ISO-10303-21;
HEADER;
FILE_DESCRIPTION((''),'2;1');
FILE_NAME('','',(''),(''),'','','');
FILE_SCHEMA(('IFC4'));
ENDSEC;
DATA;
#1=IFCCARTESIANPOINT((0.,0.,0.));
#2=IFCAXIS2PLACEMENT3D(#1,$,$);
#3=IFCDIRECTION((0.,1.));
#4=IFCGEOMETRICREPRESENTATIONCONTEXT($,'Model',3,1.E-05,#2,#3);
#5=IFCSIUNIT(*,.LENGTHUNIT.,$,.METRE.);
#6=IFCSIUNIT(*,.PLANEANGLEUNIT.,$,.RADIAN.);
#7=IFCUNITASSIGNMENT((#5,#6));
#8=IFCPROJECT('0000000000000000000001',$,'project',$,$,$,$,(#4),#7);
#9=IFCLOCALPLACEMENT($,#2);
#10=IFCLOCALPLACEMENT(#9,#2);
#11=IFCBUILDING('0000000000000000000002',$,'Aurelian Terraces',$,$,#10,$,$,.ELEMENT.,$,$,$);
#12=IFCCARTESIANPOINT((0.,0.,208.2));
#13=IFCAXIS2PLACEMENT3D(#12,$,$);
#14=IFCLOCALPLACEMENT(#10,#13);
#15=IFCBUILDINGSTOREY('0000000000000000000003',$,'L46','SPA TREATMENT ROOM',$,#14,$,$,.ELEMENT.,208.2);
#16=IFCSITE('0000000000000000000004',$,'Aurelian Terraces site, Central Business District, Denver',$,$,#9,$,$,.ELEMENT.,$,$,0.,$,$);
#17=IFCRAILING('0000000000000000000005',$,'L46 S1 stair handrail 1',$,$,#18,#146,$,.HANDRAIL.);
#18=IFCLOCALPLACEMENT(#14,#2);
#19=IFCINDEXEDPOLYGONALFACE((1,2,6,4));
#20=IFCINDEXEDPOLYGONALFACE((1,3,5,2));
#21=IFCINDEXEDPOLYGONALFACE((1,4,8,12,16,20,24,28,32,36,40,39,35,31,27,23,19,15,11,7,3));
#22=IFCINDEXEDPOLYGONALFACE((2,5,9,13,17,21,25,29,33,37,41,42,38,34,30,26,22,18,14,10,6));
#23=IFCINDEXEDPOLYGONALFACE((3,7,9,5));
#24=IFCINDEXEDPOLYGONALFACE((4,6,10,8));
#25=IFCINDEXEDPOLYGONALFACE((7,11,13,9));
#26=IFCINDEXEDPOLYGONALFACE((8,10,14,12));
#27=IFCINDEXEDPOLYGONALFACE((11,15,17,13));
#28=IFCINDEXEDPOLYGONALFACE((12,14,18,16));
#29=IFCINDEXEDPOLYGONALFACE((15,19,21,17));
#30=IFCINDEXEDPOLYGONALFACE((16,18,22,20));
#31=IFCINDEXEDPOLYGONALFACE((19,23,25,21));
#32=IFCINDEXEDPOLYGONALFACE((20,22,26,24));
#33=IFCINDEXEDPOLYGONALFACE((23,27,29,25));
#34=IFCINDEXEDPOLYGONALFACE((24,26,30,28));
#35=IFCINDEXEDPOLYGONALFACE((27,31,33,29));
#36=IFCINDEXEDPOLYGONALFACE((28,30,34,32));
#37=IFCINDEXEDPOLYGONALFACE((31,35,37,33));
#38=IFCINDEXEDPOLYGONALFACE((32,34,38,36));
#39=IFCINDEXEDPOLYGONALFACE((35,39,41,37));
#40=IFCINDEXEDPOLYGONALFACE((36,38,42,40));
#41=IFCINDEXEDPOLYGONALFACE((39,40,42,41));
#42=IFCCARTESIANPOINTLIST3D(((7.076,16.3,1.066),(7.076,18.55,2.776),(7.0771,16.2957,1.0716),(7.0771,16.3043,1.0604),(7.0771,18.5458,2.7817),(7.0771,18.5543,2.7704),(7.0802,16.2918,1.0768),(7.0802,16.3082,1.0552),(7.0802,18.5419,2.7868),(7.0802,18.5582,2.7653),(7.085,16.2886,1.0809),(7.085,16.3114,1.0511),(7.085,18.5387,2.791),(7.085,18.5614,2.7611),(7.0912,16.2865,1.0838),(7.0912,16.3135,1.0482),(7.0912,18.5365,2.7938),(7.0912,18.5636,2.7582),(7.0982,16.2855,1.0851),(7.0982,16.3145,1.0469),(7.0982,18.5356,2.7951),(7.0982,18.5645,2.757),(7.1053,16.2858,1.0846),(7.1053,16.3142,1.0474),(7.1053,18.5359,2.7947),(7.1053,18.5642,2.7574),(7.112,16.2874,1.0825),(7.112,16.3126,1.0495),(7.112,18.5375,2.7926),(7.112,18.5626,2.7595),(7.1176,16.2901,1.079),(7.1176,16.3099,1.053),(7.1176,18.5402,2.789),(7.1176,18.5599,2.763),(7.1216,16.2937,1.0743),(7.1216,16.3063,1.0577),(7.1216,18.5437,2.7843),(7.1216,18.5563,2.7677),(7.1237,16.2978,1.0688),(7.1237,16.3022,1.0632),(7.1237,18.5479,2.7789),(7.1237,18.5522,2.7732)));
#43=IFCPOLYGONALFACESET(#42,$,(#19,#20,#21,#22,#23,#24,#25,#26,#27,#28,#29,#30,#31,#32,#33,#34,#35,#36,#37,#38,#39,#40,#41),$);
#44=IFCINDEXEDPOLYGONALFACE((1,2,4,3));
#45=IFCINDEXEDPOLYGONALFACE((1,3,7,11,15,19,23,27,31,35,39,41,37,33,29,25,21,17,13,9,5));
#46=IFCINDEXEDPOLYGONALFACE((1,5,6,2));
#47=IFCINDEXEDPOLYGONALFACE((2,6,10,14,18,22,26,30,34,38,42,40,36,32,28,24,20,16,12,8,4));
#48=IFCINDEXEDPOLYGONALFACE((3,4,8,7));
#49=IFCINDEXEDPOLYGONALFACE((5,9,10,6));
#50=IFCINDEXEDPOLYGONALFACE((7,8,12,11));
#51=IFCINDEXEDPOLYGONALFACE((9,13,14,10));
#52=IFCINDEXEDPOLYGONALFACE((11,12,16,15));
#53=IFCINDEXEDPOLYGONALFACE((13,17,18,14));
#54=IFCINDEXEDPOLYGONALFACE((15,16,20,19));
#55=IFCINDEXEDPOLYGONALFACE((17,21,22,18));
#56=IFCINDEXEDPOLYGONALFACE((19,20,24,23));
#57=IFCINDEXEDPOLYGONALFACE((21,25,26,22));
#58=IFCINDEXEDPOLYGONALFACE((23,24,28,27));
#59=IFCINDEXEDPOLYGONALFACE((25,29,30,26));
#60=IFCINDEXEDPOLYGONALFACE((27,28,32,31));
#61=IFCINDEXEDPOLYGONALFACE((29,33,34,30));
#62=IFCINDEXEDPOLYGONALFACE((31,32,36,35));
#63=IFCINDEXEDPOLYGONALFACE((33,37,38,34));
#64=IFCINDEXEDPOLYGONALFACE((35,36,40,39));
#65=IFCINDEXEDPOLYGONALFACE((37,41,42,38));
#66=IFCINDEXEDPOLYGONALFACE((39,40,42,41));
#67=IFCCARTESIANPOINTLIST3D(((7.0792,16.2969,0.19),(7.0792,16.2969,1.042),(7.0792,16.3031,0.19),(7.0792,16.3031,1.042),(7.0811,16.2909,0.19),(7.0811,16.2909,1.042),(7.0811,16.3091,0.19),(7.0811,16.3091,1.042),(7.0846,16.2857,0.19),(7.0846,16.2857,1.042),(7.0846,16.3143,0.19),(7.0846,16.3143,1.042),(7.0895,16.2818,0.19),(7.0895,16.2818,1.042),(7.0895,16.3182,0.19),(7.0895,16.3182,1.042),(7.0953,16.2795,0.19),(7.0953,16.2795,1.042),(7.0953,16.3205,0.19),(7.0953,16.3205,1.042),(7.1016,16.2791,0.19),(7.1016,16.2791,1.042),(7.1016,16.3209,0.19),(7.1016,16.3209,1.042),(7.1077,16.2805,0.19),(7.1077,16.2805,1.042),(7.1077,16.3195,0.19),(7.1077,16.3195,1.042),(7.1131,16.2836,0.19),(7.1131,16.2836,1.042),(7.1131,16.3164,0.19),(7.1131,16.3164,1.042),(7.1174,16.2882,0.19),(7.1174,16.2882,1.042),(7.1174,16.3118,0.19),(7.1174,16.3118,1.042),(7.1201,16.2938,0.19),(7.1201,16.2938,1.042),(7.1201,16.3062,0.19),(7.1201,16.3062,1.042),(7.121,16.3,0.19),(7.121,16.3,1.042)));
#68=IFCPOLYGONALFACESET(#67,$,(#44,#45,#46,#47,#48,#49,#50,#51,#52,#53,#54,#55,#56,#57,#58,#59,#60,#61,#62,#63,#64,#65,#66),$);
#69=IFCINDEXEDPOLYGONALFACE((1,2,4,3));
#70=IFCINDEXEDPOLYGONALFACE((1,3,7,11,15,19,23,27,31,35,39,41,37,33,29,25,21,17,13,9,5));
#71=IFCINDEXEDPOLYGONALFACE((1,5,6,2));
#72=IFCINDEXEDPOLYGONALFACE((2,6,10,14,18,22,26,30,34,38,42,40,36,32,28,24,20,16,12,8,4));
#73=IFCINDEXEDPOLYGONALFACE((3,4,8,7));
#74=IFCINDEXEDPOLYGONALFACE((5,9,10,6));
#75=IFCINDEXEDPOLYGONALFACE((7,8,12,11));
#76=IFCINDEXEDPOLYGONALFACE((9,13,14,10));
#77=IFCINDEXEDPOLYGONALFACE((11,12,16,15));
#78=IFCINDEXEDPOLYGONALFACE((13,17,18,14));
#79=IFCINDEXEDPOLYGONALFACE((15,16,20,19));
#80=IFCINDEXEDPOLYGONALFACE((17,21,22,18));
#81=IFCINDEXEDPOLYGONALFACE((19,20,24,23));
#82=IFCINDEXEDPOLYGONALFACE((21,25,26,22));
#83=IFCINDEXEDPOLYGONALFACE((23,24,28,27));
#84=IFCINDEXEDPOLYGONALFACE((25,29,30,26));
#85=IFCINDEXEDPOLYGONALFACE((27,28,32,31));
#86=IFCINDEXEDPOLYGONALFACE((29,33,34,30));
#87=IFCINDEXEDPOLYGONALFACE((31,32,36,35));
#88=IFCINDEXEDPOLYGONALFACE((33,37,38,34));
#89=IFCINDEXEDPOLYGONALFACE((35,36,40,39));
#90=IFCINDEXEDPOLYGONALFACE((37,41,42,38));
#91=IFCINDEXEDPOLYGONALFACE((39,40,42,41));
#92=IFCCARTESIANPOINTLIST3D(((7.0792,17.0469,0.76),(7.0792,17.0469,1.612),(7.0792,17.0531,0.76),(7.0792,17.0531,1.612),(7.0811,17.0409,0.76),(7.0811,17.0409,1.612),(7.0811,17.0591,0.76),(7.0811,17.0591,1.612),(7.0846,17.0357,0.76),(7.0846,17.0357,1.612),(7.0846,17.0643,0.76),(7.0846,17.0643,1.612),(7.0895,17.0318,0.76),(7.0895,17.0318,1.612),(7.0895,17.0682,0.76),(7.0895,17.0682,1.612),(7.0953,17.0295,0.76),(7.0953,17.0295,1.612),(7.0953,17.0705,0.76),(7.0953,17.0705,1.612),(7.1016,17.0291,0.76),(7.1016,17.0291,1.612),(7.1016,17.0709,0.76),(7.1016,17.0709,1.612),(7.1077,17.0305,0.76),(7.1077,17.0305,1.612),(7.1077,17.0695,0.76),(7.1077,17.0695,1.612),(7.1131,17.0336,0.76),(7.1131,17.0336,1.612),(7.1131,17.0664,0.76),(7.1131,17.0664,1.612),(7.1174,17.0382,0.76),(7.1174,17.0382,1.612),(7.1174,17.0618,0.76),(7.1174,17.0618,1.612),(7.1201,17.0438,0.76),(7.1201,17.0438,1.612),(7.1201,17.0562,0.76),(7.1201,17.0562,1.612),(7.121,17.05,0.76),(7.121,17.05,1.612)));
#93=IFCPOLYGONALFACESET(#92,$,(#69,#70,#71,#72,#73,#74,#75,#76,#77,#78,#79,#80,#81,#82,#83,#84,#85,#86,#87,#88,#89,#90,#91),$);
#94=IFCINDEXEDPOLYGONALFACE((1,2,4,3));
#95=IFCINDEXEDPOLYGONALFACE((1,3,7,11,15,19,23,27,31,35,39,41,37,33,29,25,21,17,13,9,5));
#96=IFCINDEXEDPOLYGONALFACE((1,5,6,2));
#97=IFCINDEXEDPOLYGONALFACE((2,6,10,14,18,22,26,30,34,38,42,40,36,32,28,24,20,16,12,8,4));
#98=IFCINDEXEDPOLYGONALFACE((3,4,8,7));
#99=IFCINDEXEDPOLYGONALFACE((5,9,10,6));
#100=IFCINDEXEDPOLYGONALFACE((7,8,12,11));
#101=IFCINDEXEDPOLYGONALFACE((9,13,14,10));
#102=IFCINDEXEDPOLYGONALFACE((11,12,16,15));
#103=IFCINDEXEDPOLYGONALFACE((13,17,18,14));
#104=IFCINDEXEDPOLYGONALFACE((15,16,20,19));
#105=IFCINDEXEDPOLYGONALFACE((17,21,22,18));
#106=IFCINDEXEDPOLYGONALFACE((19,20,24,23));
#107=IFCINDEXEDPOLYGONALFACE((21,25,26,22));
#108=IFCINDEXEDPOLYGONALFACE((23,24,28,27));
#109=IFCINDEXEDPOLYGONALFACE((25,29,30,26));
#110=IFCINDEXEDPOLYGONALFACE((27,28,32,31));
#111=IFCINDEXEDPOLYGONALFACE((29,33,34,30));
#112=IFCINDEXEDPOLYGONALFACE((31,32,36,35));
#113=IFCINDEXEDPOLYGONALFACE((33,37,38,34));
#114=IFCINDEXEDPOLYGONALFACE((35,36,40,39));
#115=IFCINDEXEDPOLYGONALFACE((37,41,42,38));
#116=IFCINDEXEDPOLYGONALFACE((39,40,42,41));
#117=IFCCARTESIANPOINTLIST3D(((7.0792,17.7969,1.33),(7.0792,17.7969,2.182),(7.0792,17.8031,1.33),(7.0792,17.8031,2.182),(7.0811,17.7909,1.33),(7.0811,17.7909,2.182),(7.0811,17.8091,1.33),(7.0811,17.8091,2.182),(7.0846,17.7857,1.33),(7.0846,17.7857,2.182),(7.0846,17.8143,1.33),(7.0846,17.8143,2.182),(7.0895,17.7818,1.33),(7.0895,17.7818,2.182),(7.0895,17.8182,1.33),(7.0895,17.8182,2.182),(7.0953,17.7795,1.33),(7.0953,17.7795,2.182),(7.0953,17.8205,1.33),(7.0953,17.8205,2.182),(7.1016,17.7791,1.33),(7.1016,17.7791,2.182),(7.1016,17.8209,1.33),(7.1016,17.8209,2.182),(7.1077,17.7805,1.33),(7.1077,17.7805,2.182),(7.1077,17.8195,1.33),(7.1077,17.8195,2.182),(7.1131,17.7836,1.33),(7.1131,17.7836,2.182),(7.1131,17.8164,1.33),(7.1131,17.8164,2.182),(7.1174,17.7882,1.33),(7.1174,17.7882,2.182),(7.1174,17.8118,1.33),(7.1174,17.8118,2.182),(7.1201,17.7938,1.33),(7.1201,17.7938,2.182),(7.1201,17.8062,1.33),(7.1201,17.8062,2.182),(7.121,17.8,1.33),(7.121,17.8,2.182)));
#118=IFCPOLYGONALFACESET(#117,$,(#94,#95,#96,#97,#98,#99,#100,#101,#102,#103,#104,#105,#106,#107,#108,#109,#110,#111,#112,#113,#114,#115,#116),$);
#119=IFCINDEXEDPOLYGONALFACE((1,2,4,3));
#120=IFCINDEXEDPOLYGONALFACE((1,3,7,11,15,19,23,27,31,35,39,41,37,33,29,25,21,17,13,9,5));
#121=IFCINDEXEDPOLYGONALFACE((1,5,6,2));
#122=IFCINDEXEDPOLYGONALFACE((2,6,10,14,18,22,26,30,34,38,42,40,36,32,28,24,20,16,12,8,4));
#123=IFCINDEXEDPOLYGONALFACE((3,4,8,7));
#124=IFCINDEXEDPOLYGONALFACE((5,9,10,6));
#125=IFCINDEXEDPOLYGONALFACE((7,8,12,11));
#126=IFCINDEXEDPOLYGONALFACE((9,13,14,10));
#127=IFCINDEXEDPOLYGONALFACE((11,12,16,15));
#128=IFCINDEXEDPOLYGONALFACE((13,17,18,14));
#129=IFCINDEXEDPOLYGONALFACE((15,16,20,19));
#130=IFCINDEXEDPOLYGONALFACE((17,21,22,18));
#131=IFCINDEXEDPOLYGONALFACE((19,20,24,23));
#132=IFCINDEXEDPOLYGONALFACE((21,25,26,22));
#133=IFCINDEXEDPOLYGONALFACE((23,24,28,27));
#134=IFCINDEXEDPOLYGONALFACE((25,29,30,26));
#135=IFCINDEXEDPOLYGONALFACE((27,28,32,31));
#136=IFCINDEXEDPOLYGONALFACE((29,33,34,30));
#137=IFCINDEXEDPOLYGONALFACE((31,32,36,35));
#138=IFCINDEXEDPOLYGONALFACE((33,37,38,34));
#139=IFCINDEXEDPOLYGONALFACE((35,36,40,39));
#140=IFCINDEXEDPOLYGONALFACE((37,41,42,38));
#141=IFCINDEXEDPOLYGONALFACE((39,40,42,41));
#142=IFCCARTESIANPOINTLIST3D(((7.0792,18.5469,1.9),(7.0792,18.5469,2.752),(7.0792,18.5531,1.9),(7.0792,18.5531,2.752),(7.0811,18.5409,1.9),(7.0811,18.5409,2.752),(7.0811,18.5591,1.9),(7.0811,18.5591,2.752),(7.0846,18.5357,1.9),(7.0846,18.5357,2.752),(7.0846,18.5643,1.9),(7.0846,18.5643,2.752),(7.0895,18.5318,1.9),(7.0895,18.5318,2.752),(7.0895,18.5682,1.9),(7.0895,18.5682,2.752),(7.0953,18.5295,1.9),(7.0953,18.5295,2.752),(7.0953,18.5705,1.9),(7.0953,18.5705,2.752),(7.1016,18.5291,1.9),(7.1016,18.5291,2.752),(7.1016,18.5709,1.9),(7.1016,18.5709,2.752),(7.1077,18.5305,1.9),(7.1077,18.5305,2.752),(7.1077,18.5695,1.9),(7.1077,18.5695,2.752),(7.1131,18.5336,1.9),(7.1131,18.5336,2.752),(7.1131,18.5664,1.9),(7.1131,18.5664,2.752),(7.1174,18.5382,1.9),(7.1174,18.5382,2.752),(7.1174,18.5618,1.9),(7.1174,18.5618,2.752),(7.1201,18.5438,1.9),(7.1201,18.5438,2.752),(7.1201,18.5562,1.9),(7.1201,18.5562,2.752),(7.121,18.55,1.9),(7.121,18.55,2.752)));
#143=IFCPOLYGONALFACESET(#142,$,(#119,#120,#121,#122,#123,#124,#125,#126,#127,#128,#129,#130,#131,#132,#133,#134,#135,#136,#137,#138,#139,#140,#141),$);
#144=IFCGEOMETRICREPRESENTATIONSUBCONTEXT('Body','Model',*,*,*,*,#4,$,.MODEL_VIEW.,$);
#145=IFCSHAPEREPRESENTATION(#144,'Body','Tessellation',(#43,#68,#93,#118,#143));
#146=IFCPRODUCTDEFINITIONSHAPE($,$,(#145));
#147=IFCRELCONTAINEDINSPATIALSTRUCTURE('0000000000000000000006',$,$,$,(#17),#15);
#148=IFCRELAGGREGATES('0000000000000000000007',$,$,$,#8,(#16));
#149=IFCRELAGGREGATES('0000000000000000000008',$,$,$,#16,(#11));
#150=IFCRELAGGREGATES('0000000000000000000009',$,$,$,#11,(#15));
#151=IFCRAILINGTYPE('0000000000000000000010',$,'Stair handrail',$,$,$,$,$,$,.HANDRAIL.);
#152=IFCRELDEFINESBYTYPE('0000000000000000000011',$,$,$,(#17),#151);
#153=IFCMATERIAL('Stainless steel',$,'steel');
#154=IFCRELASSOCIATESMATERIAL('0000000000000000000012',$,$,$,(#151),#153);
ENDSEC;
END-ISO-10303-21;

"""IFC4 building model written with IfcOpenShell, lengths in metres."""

from ifc_helpers import new_model, si_unit, direction, frame, origin, origin_2d, place, context, subcontext, project, spatial, circle, extrude, source, transform, mapped, material, type_object, element, save


model = new_model("IFC4")

# Units and contexts
model_context = context("Model", 3, precision=1e-05, world=origin(), true_north=direction((0.0, 1.0)))
body_context = subcontext(model_context, "Body", "Model", "MODEL_VIEW")
ifc_project = project(units=[si_unit("LENGTHUNIT", "METRE"), si_unit("PLANEANGLEUNIT", "RADIAN")], contexts=[model_context])

# Site, building, storey
site_placement = place(None, origin())
site = spatial("IfcSite", under=ifc_project, at=site_placement, Name="Aurelian Terraces site, Central Business District, Denver", CompositionType="ELEMENT", RefElevation=0.0)
building_placement = place(site_placement, origin())
building = spatial("IfcBuilding", under=site, at=building_placement, Name="Aurelian Terraces", CompositionType="ELEMENT")
storey_placement = place(building_placement, frame((0.0, 0.0, 208.2)))
storey = spatial("IfcBuildingStorey", under=building, at=storey_placement, Name="L46", Description="SPA TREATMENT ROOM", CompositionType="ELEMENT", Elevation=208.2)

# Railing
ifc_material_1 = material(Name="Stainless steel", Category="steel")
railing_type_1 = type_object("IfcRailingType", Name="Stair handrail", PredefinedType="HANDRAIL", material=ifc_material_1)
shared_shape_1 = source(origin(), body_context, "Body", "SweptSolid", [
    extrude(circle(Radius=0.024, at=origin_2d()), frame((0.0, 0.0, 0.876), z_axis=(0.0, 0.796162, 0.605083), x_axis=(-1.0, 0.0, 0.0)), (0.0, 0.0, 1.0), 2.8261),
    extrude(circle(Radius=0.021, at=origin_2d()), origin(), (0.0, 0.0, 1.0), 0.852),
    extrude(circle(Radius=0.021, at=origin_2d()), frame((0.0, 0.75, 0.57)), (0.0, 0.0, 1.0), 0.852),
    extrude(circle(Radius=0.021, at=origin_2d()), frame((0.0, 1.5, 1.14)), (0.0, 0.0, 1.0), 0.852),
    extrude(circle(Radius=0.021, at=origin_2d()), frame((0.0, 2.25, 1.71)), (0.0, 0.0, 1.0), 0.852),
])
railing_1_placement = place(storey_placement, frame((7.1, 16.3, 0.19)))
element("IfcRailing", 1, at=railing_1_placement, inside=storey, type_object=railing_type_1, Name="L46 S1 stair handrail 1", PredefinedType="HANDRAIL", context=body_context, shape_type="MappedRepresentation", body=[
    mapped(shared_shape_1, transform((0.0, 0.0, 0.0), scale=1.0)),
])

save(model, "model.ifc")
